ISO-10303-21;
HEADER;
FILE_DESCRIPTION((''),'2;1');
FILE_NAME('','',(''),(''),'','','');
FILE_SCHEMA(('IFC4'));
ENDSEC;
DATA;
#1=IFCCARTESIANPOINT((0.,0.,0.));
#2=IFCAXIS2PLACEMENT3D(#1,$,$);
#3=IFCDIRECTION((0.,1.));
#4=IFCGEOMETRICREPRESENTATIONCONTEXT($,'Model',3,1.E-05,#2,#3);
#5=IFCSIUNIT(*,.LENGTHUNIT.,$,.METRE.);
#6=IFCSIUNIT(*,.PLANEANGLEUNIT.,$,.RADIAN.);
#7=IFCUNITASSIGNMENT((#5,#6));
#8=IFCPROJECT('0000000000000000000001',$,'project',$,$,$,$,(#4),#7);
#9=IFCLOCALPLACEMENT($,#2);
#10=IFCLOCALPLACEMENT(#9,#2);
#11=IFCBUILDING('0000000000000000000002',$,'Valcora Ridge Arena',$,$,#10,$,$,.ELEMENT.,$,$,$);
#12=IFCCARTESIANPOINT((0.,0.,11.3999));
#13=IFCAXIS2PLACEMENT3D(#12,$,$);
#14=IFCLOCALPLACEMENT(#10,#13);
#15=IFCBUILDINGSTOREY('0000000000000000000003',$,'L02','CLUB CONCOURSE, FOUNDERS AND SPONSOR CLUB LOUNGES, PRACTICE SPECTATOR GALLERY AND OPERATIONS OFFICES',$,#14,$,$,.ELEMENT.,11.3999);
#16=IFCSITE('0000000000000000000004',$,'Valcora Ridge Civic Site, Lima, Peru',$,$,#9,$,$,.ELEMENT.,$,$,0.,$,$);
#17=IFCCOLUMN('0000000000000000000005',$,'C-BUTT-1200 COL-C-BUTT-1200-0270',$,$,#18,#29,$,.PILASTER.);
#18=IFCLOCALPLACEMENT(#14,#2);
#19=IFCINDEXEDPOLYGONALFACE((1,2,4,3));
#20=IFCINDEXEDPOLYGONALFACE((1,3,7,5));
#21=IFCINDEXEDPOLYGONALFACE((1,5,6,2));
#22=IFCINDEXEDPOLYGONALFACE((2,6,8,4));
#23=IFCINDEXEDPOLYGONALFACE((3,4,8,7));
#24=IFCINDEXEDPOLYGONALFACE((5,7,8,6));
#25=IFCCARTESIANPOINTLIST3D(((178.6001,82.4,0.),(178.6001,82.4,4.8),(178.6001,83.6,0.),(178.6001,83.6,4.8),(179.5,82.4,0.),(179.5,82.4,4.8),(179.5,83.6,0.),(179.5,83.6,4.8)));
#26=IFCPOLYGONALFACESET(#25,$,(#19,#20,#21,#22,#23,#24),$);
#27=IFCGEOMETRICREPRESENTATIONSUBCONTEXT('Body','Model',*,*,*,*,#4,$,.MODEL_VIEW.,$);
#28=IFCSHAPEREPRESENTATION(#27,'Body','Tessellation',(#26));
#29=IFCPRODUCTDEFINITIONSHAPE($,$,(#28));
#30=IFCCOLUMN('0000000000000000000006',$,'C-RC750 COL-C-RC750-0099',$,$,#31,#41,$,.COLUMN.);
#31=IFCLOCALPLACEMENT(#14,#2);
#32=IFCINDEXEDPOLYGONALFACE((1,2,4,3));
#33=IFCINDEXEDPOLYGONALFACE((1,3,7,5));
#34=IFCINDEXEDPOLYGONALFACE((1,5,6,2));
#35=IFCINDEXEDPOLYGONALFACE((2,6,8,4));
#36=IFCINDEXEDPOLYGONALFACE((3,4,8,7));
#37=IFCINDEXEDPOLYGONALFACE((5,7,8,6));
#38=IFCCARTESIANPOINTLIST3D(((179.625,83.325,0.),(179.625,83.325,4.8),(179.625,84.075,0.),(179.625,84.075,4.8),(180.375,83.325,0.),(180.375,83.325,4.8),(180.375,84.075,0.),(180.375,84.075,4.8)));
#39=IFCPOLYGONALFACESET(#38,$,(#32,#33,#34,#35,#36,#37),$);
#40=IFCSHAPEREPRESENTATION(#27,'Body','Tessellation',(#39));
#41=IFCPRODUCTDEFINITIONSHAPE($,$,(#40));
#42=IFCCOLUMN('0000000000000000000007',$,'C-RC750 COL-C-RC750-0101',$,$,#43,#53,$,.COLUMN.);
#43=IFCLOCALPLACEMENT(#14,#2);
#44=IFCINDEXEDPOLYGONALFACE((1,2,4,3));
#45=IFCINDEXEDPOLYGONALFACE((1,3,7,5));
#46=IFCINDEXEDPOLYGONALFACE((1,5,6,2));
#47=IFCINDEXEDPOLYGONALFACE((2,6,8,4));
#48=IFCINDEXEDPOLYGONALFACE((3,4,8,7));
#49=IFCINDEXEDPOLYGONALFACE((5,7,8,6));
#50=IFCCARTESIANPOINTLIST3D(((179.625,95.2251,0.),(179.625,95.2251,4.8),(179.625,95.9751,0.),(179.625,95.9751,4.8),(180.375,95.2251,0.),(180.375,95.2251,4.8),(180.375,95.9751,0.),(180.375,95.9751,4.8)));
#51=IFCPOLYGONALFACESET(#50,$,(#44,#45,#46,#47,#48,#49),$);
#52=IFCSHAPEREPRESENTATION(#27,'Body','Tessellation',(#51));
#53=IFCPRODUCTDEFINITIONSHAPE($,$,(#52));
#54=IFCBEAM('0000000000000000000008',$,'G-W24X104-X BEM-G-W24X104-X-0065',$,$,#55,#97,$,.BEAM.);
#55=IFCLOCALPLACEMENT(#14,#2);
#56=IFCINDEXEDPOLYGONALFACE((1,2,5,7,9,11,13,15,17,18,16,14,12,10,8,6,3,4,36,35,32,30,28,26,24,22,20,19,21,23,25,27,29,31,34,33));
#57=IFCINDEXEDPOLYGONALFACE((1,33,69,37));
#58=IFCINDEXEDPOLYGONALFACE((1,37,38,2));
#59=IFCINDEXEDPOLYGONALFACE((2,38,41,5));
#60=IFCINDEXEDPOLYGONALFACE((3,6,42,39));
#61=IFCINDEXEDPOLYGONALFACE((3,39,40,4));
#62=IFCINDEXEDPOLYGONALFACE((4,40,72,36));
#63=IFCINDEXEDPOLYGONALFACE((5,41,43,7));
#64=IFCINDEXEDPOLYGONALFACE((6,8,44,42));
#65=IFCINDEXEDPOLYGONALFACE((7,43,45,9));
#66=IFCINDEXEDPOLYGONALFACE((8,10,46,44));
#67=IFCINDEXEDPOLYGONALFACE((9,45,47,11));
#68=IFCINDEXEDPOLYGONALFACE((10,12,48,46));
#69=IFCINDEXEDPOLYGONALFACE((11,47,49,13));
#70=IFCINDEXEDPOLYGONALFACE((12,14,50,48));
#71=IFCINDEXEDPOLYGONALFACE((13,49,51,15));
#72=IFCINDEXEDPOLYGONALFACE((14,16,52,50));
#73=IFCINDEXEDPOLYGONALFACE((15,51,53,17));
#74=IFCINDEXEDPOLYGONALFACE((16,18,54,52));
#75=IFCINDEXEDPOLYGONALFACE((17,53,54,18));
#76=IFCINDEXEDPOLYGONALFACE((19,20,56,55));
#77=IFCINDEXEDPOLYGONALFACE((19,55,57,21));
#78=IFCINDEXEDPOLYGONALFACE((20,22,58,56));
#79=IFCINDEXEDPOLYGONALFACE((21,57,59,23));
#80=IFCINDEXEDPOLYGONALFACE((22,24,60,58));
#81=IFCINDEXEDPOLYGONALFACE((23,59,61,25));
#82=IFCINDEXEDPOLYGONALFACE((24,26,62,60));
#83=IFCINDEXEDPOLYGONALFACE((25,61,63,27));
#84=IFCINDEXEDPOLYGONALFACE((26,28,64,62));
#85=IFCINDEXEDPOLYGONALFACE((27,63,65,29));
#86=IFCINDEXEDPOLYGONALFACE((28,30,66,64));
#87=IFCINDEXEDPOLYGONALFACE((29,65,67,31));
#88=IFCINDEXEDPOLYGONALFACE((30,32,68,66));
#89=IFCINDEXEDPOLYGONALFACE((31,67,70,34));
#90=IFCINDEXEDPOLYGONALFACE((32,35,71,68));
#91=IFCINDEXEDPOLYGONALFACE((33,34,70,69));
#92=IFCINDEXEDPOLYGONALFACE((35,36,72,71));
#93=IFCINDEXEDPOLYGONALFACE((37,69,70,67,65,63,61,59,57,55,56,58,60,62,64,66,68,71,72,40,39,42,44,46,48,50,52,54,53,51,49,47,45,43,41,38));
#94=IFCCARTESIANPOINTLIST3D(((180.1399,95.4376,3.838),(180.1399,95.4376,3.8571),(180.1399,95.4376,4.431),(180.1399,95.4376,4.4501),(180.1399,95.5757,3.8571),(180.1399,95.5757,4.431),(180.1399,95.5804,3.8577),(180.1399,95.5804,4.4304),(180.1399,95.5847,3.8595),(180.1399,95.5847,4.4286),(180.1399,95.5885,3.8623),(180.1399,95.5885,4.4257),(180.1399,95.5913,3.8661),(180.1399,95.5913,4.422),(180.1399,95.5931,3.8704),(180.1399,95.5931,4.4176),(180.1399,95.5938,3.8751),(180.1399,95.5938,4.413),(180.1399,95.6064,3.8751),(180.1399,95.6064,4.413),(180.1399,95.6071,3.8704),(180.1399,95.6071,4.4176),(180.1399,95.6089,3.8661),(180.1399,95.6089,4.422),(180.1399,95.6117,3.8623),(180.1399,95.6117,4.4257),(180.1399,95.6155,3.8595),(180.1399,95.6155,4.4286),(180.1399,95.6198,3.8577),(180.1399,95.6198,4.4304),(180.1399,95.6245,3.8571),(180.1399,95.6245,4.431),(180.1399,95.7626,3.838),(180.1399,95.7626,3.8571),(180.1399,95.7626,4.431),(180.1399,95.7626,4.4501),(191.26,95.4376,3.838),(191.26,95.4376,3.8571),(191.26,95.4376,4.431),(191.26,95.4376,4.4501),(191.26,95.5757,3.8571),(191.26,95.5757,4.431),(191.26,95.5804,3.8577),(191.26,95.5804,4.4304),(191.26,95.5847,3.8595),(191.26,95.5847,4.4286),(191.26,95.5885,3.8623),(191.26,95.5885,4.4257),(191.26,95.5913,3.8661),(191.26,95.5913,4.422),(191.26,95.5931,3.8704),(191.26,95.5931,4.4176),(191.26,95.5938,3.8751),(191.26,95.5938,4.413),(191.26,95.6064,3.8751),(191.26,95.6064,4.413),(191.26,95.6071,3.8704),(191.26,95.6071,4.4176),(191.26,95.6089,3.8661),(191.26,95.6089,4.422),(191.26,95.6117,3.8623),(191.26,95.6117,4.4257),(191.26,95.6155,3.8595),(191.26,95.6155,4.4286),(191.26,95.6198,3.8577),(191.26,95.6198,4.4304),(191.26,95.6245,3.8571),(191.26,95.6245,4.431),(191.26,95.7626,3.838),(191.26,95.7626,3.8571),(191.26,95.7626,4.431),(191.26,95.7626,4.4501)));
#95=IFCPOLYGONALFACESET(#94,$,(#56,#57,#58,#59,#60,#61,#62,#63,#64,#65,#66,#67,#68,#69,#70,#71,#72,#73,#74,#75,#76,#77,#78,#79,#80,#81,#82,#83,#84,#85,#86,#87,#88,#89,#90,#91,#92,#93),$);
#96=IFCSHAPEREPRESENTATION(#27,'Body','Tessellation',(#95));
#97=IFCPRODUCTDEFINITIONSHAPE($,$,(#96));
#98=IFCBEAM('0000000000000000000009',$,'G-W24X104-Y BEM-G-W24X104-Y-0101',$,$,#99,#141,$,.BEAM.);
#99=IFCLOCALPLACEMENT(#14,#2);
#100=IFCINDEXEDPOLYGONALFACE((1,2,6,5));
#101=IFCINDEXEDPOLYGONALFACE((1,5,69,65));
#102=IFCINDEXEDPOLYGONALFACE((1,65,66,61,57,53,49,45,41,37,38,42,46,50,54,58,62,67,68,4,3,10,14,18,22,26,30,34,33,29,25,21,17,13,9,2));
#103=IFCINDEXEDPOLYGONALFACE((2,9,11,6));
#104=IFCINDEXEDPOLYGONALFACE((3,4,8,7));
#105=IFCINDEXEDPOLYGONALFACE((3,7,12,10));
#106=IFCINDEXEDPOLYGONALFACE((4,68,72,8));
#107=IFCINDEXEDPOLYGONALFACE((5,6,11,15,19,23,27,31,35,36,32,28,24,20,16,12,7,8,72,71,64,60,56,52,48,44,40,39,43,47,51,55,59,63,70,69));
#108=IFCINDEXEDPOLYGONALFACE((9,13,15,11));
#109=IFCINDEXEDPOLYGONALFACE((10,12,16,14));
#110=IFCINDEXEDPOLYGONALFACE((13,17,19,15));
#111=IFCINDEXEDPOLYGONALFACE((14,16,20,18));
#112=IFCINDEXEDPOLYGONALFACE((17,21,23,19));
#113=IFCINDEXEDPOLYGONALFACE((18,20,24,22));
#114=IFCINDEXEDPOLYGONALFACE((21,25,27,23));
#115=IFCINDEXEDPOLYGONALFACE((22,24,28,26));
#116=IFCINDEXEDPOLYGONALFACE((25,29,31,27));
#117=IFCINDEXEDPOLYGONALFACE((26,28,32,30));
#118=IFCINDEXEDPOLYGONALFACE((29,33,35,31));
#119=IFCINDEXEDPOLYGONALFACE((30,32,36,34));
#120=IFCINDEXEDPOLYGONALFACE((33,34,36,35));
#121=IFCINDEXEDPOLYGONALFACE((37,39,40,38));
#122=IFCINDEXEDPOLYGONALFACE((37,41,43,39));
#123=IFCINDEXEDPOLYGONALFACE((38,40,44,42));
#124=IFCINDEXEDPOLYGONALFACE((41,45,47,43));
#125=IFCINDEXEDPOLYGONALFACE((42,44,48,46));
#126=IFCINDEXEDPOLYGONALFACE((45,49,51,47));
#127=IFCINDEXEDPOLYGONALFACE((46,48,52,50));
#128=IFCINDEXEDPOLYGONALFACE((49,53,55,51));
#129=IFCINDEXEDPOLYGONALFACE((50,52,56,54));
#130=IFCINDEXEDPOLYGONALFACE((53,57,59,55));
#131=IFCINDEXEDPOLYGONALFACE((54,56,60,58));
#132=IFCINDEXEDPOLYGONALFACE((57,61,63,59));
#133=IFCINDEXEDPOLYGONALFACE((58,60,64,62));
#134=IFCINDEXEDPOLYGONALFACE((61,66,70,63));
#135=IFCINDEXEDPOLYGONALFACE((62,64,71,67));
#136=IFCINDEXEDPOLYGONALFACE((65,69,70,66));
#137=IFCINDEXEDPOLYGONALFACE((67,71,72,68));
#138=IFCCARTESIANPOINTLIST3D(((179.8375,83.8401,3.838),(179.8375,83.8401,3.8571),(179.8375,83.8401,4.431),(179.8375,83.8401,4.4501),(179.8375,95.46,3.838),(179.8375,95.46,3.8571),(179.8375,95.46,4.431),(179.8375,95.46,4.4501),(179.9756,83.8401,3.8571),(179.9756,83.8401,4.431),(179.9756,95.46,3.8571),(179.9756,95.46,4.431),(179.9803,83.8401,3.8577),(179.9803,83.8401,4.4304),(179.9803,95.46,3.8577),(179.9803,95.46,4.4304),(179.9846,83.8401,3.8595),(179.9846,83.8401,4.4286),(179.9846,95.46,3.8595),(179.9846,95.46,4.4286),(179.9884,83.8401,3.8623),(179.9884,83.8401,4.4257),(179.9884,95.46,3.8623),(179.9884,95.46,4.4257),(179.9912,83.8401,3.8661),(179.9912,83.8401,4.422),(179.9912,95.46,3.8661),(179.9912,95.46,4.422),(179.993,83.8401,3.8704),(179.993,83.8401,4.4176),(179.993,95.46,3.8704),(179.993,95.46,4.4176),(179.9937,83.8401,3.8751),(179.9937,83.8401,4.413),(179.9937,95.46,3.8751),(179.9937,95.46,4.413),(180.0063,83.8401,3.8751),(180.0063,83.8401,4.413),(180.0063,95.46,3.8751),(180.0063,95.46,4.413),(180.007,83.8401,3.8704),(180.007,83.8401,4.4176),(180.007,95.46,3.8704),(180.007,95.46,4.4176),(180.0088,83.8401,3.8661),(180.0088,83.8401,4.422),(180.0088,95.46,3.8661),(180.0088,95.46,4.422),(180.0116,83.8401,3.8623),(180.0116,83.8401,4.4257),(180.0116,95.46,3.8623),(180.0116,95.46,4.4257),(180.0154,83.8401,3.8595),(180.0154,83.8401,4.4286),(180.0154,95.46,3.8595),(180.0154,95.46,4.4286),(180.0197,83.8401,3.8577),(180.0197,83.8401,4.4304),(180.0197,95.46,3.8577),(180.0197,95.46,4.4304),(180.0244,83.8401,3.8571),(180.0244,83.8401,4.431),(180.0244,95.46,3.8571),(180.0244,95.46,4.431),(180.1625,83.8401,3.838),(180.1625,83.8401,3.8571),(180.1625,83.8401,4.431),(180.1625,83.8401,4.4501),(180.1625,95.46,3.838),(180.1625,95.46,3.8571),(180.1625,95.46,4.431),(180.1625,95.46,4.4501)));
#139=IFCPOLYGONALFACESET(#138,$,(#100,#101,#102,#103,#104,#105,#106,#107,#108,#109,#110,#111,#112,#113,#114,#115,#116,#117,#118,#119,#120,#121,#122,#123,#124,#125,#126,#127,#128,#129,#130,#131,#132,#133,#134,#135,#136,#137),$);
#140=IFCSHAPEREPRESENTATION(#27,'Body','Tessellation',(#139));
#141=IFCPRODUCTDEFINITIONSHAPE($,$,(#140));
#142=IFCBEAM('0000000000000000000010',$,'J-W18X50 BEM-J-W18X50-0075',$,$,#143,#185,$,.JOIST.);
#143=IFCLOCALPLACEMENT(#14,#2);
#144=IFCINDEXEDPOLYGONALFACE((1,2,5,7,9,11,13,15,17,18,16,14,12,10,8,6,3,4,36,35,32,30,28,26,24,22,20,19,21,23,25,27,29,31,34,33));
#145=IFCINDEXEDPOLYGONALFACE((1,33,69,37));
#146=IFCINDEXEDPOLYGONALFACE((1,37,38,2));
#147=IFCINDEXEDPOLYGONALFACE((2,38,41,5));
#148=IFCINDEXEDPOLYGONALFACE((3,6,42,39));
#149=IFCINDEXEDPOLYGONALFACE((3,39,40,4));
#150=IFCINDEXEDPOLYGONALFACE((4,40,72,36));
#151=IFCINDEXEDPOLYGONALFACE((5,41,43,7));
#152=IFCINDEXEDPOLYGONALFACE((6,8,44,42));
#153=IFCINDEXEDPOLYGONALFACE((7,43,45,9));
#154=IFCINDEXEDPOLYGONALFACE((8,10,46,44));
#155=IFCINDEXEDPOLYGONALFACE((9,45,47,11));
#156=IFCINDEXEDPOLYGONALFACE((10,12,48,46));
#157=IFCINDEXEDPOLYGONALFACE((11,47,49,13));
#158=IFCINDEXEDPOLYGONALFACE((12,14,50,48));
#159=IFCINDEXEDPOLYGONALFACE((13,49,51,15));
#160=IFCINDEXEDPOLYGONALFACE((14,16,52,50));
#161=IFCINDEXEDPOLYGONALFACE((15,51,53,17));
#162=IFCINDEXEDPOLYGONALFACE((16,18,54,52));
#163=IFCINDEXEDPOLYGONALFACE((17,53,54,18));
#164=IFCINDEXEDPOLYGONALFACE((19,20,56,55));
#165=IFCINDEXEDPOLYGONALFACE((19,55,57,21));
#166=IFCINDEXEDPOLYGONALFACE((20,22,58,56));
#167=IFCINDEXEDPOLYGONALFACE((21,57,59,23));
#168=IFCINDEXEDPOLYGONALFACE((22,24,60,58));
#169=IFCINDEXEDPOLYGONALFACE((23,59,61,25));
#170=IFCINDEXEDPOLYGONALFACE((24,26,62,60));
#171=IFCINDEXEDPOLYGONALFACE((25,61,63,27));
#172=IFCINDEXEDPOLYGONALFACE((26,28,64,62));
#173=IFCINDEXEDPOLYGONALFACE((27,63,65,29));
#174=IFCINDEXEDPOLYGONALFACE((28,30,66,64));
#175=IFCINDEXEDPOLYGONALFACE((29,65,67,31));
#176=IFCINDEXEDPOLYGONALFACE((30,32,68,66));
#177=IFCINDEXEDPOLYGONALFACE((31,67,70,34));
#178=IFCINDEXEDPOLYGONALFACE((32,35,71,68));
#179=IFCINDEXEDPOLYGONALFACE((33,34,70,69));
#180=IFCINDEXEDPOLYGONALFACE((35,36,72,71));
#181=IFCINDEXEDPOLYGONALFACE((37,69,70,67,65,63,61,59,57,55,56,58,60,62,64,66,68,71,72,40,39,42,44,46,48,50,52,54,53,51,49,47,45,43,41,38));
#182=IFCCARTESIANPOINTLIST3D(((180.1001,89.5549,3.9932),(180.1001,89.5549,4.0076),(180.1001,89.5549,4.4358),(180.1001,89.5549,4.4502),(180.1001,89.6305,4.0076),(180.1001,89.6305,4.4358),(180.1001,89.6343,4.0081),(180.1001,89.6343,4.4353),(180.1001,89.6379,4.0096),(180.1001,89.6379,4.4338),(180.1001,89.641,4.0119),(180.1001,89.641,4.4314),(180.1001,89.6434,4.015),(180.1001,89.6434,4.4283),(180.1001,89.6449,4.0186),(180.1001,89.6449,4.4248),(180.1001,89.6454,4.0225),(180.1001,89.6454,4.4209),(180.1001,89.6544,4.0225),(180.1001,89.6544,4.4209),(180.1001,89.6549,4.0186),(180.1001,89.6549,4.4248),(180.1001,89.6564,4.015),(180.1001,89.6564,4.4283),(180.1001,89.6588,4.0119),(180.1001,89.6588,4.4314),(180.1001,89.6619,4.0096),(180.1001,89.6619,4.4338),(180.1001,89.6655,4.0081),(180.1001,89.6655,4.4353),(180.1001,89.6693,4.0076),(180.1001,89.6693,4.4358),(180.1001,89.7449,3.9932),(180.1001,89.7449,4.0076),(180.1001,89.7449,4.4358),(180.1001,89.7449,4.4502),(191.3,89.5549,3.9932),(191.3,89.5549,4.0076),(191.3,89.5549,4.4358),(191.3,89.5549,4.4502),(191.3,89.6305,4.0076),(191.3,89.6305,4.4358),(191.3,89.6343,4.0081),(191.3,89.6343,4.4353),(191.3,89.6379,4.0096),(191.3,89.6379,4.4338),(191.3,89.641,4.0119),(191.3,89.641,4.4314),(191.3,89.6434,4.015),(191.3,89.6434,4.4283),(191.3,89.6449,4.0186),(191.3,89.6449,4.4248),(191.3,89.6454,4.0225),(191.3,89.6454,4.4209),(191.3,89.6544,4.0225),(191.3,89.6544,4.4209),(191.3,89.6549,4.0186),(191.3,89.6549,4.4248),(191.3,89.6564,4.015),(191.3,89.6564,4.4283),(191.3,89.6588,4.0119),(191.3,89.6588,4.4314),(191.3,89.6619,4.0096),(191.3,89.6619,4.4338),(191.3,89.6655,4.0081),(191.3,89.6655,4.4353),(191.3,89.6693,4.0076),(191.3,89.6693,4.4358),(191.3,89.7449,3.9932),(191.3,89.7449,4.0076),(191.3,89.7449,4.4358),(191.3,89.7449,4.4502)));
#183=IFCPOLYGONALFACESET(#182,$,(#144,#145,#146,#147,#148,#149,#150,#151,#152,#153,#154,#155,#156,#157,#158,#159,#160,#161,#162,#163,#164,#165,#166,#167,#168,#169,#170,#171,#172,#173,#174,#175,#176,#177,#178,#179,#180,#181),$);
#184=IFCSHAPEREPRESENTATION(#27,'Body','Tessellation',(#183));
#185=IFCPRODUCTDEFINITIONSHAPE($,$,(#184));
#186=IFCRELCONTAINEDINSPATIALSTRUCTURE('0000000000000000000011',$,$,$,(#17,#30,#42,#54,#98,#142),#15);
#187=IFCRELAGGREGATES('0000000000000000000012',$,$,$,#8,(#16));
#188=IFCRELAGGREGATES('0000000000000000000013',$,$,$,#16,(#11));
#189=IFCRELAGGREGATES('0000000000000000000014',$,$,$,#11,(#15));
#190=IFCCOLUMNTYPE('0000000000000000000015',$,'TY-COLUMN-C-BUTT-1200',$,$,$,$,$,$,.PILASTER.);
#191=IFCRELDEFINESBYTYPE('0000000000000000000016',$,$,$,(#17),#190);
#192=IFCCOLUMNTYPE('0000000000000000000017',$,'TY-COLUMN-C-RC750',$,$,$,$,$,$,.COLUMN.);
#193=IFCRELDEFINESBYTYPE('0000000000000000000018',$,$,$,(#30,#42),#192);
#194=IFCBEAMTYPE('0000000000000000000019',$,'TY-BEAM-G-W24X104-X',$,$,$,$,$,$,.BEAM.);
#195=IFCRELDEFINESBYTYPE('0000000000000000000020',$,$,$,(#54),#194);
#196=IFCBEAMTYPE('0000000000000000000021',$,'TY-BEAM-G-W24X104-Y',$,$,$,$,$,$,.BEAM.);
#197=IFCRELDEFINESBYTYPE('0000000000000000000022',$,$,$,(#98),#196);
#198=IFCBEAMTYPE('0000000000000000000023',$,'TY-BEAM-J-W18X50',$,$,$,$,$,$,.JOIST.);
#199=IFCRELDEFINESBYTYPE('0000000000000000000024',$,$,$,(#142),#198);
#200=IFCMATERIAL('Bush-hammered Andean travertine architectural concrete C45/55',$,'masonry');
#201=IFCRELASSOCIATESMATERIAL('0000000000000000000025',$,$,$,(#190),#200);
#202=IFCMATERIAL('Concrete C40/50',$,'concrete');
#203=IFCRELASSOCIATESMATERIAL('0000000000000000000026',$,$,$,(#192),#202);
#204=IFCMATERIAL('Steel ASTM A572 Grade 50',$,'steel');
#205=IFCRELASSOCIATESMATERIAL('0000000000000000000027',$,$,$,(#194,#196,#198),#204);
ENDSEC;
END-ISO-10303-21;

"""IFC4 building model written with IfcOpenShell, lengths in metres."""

from ifc_helpers import new_model, si_unit, direction, frame, origin, origin_2d, place, context, subcontext, project, spatial, rectangle, i_section, extrude, material, material_profile, profile_set, type_object, element, save


model = new_model("IFC4")

# Units and contexts
model_context = context("Model", 3, precision=1e-05, world=origin(), true_north=direction((0.0, 1.0)))
body_context = subcontext(model_context, "Body", "Model", "MODEL_VIEW")
ifc_project = project(units=[si_unit("LENGTHUNIT", "METRE"), si_unit("PLANEANGLEUNIT", "RADIAN")], contexts=[model_context])

# Site, building, storey
site_placement = place(None, origin())
site = spatial("IfcSite", under=ifc_project, at=site_placement, Name="Valcora Ridge Civic Site, Lima, Peru", CompositionType="ELEMENT", RefElevation=0.0)
building_placement = place(site_placement, origin())
building = spatial("IfcBuilding", under=site, at=building_placement, Name="Valcora Ridge Arena", CompositionType="ELEMENT")
storey_placement = place(building_placement, frame((0.0, 0.0, 11.3999)))
storey = spatial("IfcBuildingStorey", under=building, at=storey_placement, Name="L02", Description="CLUB CONCOURSE, FOUNDERS AND SPONSOR CLUB LOUNGES, PRACTICE SPECTATOR GALLERY AND OPERATIONS OFFICES", CompositionType="ELEMENT", Elevation=11.3999)

# Columns
ifc_material_1 = material(Name="Bush-hammered Andean travertine architectural concrete C45/55", Category="masonry")
ifc_material_profile_1 = material_profile(ifc_material_1, rectangle(XDim=0.8999, YDim=1.2, at=origin_2d()), Name="RC 900x1200")
ifc_profile_set_1 = profile_set([ifc_material_profile_1], Name="Bush-hammered Andean travertine architectural concrete C45/55")
column_type_1 = type_object("IfcColumnType", Name="TY-COLUMN-C-BUTT-1200", PredefinedType="PILASTER", material=ifc_profile_set_1)
column_placement = place(storey_placement, frame((179.05, 83.0, 0.0), z_axis=(0.0, 0.0, 1.0), x_axis=(1.0, 0.0, 0.0)))
element("IfcColumn", 1, at=column_placement, inside=storey, type_object=column_type_1, Name="C-BUTT-1200 COL-C-BUTT-1200-0270", PredefinedType="PILASTER", context=body_context, shape_type="SweptSolid", body=[
    extrude(rectangle(XDim=0.8999, YDim=1.2, at=origin_2d()), origin(), (0.0, 0.0, 1.0), 4.8),
])
ifc_material_2 = material(Name="Concrete C40/50", Category="concrete")
ifc_material_profile_2 = material_profile(ifc_material_2, rectangle(XDim=0.75, YDim=0.75, at=origin_2d()), Name="RC 750x750")
ifc_profile_set_2 = profile_set([ifc_material_profile_2], Name="Concrete C40/50")
column_type_2 = type_object("IfcColumnType", Name="TY-COLUMN-C-RC750", PredefinedType="COLUMN", material=ifc_profile_set_2)
for number, where, z_axis, x_axis, name in (
    (2, (180.0, 83.7, 0.0), (0.0, 0.0, 1.0), (1.0, 0.0, 0.0), "C-RC750 COL-C-RC750-0099"),
    (3, (180.0, 95.6001, 0.0), (0.0, 0.0, 1.0), (1.0, 0.0, 0.0), "C-RC750 COL-C-RC750-0101"),
):
    element("IfcColumn", number, at=place(storey_placement, frame(where, z_axis=z_axis, x_axis=x_axis)), inside=storey, type_object=column_type_2, Name=name, PredefinedType="COLUMN", context=body_context, shape_type="SweptSolid", body=[
        extrude(rectangle(XDim=0.75, YDim=0.75, at=origin_2d()), origin(), (0.0, 0.0, 1.0), 4.8),
    ])

# Beams
ifc_material_3 = material(Name="Steel ASTM A572 Grade 50", Category="steel")
ifc_material_profile_3 = material_profile(ifc_material_3, i_section(OverallWidth=0.325, OverallDepth=0.6121, WebThickness=0.0127, FlangeThickness=0.019, FilletRadius=0.0181, at=origin_2d()), Name="W24X104")
ifc_profile_set_3 = profile_set([ifc_material_profile_3], Name="Steel ASTM A572 Grade 50")
beam_type_1 = type_object("IfcBeamType", Name="TY-BEAM-G-W24X104-X", PredefinedType="BEAM", material=ifc_profile_set_3)
beam_1_placement = place(storey_placement, frame((180.1399, 95.6001, 4.144), z_axis=(1.0, 0.0, 0.0), x_axis=(0.0, 1.0, 0.0)))
element("IfcBeam", 4, at=beam_1_placement, inside=storey, type_object=beam_type_1, Name="G-W24X104-X BEM-G-W24X104-X-0065", PredefinedType="BEAM", context=body_context, shape_type="SweptSolid", body=[
    extrude(i_section(OverallWidth=0.325, OverallDepth=0.6121, WebThickness=0.0127, FlangeThickness=0.019, FilletRadius=0.0181, at=origin_2d()), origin(), (0.0, 0.0, 1.0), 11.1201),
])
ifc_material_profile_4 = material_profile(ifc_material_3, i_section(OverallWidth=0.325, OverallDepth=0.6121, WebThickness=0.0127, FlangeThickness=0.019, FilletRadius=0.0181, at=origin_2d()), Name="W24X104")
ifc_profile_set_4 = profile_set([ifc_material_profile_4], Name="Steel ASTM A572 Grade 50")
beam_type_2 = type_object("IfcBeamType", Name="TY-BEAM-G-W24X104-Y", PredefinedType="BEAM", material=ifc_profile_set_4)
beam_2_placement = place(storey_placement, frame((180.0, 83.8401, 4.144), z_axis=(0.0, 1.0, 0.0), x_axis=(-1.0, 0.0, 0.0)))
element("IfcBeam", 5, at=beam_2_placement, inside=storey, type_object=beam_type_2, Name="G-W24X104-Y BEM-G-W24X104-Y-0101", PredefinedType="BEAM", context=body_context, shape_type="SweptSolid", body=[
    extrude(i_section(OverallWidth=0.325, OverallDepth=0.6121, WebThickness=0.0127, FlangeThickness=0.019, FilletRadius=0.0181, at=origin_2d()), origin(), (0.0, 0.0, 1.0), 11.6199),
])
ifc_material_profile_5 = material_profile(ifc_material_3, i_section(OverallWidth=0.1899, OverallDepth=0.457, WebThickness=0.009, FlangeThickness=0.0144, FilletRadius=0.0149, at=origin_2d()), Name="W18X50")
ifc_profile_set_5 = profile_set([ifc_material_profile_5], Name="Steel ASTM A572 Grade 50")
beam_type_3 = type_object("IfcBeamType", Name="TY-BEAM-J-W18X50", PredefinedType="JOIST", material=ifc_profile_set_5)
beam_3_placement = place(storey_placement, frame((180.1001, 89.6499, 4.2217), z_axis=(1.0, 0.0, 0.0), x_axis=(0.0, 1.0, 0.0)))
element("IfcBeam", 6, at=beam_3_placement, inside=storey, type_object=beam_type_3, Name="J-W18X50 BEM-J-W18X50-0075", PredefinedType="JOIST", context=body_context, shape_type="SweptSolid", body=[
    extrude(i_section(OverallWidth=0.1899, OverallDepth=0.457, WebThickness=0.009, FlangeThickness=0.0144, FilletRadius=0.0149, at=origin_2d()), origin(), (0.0, 0.0, 1.0), 11.2),
])

save(model, "model.ifc")
